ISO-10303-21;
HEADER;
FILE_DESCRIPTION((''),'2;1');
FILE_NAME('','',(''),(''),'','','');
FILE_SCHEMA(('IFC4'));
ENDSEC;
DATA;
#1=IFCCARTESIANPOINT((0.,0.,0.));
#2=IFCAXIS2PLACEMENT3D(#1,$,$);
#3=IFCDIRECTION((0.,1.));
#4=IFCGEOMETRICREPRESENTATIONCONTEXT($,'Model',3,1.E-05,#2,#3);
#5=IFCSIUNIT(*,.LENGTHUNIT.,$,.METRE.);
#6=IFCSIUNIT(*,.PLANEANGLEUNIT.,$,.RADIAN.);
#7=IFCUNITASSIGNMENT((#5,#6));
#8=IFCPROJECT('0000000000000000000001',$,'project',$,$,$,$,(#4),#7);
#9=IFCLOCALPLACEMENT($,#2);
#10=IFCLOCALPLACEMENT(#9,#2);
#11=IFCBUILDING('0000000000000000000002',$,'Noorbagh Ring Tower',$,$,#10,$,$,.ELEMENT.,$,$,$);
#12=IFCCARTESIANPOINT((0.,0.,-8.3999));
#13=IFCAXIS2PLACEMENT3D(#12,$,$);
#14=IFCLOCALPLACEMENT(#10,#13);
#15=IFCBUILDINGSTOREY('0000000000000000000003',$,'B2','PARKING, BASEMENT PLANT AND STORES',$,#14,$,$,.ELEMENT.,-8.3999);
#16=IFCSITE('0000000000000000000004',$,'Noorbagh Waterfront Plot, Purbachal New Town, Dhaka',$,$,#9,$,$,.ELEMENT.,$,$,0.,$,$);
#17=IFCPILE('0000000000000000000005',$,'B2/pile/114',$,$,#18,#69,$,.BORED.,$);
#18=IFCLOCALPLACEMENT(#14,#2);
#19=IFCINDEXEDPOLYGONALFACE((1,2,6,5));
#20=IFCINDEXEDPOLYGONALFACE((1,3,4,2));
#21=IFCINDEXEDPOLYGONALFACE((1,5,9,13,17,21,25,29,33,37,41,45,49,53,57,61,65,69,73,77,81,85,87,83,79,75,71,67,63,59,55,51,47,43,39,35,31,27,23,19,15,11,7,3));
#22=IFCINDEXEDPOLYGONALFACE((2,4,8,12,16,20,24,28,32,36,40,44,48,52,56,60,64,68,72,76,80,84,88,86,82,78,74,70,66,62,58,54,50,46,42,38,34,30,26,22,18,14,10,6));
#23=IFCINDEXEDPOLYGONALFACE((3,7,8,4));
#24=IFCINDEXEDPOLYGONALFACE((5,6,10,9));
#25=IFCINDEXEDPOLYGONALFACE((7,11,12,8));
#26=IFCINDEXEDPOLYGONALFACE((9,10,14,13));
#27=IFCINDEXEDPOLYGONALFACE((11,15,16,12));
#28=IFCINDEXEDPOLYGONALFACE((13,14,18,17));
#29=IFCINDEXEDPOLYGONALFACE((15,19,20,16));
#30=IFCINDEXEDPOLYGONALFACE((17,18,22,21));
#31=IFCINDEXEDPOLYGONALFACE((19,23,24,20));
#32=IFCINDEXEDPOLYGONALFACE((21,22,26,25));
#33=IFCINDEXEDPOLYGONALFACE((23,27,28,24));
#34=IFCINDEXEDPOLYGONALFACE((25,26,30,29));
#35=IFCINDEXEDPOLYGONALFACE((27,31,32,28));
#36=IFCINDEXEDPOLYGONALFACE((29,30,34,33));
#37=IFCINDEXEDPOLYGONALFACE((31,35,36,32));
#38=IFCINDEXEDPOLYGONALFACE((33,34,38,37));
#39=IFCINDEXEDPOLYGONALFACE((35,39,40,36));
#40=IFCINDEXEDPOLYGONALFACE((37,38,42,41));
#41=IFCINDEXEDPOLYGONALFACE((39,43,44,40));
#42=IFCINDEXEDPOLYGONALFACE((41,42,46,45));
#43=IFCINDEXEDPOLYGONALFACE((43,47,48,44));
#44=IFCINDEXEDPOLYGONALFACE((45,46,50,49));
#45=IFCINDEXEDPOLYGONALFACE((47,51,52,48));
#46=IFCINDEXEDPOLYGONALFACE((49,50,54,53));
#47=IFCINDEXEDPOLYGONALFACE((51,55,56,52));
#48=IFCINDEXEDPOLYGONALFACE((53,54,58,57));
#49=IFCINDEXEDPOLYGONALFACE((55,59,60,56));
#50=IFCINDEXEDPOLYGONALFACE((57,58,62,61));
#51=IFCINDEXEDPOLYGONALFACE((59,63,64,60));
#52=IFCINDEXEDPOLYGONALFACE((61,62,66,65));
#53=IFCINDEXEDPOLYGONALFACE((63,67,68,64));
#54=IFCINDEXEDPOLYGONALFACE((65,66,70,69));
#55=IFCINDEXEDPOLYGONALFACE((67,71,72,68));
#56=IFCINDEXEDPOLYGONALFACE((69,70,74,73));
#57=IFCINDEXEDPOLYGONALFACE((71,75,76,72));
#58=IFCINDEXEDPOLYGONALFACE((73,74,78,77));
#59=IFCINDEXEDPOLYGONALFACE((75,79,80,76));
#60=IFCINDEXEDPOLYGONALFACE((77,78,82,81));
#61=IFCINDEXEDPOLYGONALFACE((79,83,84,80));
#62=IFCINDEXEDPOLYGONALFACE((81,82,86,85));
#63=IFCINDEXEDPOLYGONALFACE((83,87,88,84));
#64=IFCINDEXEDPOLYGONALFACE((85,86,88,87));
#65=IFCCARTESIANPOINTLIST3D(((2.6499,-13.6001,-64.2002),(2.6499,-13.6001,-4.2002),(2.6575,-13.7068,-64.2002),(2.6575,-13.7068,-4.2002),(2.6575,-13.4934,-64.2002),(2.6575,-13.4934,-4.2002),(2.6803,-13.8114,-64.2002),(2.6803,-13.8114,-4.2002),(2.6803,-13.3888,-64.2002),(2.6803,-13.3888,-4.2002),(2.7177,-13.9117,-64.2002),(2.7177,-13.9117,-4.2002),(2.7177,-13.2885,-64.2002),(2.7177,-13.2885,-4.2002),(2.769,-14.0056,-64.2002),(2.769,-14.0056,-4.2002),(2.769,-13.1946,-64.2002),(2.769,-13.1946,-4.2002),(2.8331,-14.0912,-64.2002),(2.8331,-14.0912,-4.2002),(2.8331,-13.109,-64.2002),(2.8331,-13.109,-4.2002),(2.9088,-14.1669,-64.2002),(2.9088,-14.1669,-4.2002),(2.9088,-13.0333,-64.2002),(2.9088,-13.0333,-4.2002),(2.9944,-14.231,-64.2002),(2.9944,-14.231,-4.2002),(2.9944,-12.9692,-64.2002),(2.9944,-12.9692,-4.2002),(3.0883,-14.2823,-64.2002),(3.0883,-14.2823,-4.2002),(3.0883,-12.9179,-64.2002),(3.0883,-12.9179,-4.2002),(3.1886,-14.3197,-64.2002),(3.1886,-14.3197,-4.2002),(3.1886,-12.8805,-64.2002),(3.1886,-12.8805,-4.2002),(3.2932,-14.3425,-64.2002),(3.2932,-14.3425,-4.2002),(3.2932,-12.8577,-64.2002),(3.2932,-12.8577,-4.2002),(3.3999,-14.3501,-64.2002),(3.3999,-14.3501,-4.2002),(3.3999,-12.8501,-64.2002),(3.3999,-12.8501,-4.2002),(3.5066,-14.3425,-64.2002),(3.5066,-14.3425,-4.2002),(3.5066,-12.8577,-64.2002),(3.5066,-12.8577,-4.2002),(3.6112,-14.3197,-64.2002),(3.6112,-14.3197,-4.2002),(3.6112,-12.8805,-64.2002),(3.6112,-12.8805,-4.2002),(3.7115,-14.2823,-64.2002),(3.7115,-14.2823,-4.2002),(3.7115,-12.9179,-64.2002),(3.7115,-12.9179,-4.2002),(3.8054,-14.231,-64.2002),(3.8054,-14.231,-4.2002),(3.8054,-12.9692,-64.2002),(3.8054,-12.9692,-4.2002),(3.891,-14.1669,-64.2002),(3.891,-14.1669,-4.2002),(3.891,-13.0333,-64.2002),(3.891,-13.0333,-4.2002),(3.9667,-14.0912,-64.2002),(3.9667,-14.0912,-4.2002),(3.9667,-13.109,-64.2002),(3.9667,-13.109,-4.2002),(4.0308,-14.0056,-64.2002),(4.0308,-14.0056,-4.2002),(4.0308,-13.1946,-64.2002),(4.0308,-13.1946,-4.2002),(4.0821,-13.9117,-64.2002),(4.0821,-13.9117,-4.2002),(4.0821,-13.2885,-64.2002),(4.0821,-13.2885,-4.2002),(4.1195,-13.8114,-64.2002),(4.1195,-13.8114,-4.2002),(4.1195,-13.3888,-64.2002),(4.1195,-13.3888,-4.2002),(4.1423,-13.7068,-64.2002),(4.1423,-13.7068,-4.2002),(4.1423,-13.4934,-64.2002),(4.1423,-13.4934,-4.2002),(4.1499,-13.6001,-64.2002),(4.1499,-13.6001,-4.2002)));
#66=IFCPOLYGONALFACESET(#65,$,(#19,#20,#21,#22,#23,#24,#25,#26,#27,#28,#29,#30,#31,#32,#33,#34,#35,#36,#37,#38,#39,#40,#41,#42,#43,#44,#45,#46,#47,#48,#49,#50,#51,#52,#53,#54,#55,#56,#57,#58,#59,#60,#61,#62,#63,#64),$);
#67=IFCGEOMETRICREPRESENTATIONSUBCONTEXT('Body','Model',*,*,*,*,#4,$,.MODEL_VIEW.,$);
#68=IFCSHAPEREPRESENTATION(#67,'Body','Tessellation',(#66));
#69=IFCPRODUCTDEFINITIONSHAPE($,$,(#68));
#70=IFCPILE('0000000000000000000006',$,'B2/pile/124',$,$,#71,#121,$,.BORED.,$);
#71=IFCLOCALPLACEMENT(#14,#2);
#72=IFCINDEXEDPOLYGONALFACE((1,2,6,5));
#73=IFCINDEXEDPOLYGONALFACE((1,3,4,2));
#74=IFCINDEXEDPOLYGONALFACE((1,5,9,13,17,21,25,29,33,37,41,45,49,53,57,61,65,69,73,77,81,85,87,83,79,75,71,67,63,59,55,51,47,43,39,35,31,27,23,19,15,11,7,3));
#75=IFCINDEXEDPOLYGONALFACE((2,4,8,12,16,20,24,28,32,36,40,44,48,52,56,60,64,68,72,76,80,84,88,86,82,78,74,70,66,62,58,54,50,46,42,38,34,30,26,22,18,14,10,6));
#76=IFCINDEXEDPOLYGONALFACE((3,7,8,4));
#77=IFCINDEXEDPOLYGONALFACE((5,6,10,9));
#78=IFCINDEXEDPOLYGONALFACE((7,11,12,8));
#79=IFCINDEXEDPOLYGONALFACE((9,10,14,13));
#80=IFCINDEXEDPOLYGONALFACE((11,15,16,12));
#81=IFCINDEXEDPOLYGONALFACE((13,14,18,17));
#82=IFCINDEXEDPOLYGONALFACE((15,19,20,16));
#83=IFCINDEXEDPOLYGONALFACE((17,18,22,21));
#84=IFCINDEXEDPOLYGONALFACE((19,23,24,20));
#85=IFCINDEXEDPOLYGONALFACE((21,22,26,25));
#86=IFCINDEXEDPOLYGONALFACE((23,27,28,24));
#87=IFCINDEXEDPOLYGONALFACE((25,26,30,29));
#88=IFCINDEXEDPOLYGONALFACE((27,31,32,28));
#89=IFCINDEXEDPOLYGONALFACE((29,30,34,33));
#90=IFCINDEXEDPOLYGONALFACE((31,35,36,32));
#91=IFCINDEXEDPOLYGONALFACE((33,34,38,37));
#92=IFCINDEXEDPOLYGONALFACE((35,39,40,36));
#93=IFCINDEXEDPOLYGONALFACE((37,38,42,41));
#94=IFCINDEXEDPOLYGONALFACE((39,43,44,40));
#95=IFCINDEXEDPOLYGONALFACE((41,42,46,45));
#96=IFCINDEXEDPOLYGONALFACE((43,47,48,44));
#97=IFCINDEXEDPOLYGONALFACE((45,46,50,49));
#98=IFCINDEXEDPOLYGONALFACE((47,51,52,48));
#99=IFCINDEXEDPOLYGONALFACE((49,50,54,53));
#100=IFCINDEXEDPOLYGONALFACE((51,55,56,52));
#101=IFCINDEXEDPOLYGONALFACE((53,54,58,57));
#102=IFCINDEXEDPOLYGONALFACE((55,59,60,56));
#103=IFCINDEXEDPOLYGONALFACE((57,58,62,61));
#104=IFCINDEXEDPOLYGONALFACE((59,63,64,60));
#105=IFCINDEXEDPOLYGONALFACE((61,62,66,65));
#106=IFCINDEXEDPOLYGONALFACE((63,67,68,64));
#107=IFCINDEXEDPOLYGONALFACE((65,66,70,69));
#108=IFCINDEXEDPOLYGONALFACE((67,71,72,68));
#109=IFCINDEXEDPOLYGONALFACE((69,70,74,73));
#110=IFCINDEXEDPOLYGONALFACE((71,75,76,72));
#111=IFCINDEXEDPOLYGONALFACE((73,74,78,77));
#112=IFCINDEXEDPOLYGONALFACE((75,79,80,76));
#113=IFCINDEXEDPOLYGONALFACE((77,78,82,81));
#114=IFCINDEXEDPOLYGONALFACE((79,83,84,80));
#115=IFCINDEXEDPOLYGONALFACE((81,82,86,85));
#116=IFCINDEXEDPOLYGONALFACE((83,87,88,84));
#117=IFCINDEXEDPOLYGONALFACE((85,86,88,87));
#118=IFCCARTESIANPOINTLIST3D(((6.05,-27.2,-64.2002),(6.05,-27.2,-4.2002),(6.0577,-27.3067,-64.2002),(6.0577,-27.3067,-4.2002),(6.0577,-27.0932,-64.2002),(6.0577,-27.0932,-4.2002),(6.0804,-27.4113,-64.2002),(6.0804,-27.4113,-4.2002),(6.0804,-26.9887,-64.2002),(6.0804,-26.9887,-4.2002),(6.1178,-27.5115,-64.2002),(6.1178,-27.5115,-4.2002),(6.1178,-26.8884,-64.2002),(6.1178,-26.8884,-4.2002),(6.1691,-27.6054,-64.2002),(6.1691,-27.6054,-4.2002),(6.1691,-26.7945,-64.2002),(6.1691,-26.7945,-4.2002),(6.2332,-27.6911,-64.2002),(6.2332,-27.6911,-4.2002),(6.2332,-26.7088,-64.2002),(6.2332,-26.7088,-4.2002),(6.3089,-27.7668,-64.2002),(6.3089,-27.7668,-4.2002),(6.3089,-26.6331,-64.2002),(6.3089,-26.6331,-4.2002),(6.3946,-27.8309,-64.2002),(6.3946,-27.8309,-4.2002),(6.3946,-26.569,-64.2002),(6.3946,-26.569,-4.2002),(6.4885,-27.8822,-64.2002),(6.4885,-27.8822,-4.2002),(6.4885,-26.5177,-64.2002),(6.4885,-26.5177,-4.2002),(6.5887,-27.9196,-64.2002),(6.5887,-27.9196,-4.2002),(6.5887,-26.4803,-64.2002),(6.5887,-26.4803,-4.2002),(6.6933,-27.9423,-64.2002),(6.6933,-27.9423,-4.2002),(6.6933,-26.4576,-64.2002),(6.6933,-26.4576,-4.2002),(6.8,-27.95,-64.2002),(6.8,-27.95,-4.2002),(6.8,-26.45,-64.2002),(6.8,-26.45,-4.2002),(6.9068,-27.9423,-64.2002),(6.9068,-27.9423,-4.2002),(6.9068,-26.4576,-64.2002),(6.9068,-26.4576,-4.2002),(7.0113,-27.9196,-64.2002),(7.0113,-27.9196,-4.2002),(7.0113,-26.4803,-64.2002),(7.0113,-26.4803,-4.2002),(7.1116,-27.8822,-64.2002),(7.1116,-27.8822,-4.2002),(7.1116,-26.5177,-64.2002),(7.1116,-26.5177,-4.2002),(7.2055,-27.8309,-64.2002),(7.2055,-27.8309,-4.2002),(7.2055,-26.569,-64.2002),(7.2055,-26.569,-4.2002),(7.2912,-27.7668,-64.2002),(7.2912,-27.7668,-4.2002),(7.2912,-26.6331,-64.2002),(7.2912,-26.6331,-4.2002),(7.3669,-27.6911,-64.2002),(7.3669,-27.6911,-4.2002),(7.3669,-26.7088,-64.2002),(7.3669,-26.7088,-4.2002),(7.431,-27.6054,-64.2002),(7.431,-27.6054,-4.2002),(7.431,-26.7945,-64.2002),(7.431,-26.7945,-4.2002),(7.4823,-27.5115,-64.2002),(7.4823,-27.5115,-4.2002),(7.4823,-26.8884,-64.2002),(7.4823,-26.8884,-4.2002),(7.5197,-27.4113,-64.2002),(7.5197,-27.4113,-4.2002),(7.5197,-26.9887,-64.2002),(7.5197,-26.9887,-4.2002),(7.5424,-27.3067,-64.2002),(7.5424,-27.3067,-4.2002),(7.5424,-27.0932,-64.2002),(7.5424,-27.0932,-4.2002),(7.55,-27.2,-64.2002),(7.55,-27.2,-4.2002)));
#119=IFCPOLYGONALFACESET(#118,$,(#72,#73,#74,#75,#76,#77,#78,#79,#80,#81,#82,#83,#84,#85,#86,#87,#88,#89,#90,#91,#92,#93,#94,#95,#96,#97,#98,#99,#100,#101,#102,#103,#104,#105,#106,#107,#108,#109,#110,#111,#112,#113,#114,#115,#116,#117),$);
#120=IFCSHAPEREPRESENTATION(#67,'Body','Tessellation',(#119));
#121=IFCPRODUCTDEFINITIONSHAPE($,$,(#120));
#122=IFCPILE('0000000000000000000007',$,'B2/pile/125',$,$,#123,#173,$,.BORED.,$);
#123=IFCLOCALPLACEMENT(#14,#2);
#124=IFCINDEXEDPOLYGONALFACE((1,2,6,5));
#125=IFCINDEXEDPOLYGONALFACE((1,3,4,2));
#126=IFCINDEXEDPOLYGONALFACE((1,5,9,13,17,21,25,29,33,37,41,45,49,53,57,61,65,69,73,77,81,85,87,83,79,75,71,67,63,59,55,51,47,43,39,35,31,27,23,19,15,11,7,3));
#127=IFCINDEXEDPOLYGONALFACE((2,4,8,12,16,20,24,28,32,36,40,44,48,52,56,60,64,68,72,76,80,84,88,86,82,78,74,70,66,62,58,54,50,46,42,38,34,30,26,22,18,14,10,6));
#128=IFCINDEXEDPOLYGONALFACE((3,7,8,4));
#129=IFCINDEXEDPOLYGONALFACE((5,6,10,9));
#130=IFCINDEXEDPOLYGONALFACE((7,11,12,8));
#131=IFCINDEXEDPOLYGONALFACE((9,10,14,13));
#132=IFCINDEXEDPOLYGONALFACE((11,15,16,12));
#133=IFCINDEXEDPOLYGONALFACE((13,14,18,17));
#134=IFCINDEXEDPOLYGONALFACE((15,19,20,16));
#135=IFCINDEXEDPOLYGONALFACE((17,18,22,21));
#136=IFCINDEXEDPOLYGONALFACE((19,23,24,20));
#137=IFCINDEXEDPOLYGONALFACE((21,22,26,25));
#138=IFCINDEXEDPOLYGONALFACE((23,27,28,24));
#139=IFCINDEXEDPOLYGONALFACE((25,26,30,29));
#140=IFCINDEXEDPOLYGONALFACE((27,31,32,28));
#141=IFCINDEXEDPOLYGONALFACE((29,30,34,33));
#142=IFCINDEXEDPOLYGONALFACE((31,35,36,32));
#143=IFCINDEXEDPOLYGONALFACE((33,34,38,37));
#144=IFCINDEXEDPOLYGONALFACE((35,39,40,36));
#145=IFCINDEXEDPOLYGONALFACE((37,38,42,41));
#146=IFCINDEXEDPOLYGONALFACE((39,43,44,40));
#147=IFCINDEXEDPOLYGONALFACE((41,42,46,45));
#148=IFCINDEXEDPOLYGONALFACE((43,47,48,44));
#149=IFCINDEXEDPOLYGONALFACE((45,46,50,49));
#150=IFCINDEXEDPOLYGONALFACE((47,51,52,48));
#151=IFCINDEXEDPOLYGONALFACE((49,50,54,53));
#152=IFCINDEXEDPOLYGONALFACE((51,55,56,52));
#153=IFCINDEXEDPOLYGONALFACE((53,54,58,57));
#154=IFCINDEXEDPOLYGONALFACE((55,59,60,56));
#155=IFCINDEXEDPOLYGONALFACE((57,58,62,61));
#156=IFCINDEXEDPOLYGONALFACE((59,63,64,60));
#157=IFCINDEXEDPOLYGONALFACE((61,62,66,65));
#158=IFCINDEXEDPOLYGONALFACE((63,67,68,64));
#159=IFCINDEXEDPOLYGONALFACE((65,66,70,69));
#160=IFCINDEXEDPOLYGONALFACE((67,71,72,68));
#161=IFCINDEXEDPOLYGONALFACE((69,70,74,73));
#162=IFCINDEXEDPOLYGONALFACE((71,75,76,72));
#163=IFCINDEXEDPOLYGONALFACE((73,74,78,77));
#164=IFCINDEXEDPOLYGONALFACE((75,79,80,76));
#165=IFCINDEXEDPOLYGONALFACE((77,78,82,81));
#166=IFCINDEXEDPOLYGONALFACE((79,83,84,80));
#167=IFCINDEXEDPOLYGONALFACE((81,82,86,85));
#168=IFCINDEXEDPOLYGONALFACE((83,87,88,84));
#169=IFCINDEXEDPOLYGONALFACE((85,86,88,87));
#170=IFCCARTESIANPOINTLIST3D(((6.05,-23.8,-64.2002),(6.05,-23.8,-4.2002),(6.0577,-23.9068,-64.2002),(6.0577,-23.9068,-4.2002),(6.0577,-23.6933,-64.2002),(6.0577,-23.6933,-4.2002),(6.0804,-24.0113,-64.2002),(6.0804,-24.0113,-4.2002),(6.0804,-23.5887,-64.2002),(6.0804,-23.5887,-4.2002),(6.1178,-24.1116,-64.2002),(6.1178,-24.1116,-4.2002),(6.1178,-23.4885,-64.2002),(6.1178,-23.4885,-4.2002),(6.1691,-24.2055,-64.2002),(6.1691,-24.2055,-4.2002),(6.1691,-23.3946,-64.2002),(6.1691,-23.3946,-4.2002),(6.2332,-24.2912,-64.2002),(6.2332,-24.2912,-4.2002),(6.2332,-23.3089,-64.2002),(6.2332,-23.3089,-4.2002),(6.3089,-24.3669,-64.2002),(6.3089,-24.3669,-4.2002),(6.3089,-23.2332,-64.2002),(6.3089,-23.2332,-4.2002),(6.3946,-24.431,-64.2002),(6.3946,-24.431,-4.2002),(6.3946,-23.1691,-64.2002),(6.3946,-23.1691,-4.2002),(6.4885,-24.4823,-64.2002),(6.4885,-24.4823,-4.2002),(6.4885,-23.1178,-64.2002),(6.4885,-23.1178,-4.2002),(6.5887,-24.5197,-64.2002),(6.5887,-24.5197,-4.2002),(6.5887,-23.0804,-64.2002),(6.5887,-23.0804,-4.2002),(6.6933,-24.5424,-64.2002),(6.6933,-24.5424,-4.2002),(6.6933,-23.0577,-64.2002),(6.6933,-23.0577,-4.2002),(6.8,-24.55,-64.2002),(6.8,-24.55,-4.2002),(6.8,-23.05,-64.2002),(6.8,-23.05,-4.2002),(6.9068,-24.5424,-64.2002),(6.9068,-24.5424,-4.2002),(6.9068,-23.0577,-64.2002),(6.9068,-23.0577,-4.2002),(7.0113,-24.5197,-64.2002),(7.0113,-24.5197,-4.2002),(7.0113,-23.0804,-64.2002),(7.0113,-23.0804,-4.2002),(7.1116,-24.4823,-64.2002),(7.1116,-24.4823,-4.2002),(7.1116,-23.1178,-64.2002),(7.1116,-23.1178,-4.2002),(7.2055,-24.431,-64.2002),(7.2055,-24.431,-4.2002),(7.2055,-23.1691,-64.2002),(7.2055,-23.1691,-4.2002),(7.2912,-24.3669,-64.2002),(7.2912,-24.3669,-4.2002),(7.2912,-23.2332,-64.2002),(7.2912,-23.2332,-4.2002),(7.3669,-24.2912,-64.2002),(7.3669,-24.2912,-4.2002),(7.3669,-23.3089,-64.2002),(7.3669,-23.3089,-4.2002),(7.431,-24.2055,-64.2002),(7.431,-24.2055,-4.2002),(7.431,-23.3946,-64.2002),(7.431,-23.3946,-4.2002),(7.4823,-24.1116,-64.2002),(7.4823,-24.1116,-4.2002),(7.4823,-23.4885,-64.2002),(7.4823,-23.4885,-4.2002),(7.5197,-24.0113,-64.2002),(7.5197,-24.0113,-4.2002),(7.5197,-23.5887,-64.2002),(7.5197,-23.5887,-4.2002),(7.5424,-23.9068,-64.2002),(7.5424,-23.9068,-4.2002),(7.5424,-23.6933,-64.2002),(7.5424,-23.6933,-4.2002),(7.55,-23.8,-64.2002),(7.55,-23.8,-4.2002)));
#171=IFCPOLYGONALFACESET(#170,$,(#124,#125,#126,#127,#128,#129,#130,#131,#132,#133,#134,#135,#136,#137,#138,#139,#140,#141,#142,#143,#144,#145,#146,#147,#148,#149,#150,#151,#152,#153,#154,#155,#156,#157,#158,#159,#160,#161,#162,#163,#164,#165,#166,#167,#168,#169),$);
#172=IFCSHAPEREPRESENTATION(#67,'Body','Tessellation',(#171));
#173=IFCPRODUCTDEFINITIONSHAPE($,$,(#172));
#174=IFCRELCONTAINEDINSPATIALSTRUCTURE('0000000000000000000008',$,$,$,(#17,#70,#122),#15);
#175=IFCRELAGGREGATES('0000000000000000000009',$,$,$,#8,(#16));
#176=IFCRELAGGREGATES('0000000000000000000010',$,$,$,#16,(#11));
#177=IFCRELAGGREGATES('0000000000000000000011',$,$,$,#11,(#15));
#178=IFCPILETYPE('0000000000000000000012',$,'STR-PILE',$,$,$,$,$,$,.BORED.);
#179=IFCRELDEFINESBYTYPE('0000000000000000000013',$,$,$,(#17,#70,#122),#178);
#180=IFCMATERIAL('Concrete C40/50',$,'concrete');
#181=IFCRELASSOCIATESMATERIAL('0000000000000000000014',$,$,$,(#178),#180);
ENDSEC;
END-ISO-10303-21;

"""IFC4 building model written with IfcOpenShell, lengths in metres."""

from ifc_helpers import new_model, si_unit, direction, frame, origin, origin_2d, place, context, subcontext, project, spatial, circle, extrude, material, material_profile, profile_set, type_object, element, save


model = new_model("IFC4")

# Units and contexts
model_context = context("Model", 3, precision=1e-05, world=origin(), true_north=direction((0.0, 1.0)))
body_context = subcontext(model_context, "Body", "Model", "MODEL_VIEW")
ifc_project = project(units=[si_unit("LENGTHUNIT", "METRE"), si_unit("PLANEANGLEUNIT", "RADIAN")], contexts=[model_context])

# Site, building, storey
site_placement = place(None, origin())
site = spatial("IfcSite", under=ifc_project, at=site_placement, Name="Noorbagh Waterfront Plot, Purbachal New Town, Dhaka", CompositionType="ELEMENT", RefElevation=0.0)
building_placement = place(site_placement, origin())
building = spatial("IfcBuilding", under=site, at=building_placement, Name="Noorbagh Ring Tower", CompositionType="ELEMENT")
storey_placement = place(building_placement, frame((0.0, 0.0, -8.3999)))
storey = spatial("IfcBuildingStorey", under=building, at=storey_placement, Name="B2", Description="PARKING, BASEMENT PLANT AND STORES", CompositionType="ELEMENT", Elevation=-8.3999)

# Piles
ifc_material_1 = material(Name="Concrete C40/50", Category="concrete")
ifc_material_profile_1 = material_profile(ifc_material_1, circle(Radius=0.75, at=origin_2d()), Name="PILE1500")
ifc_profile_set_1 = profile_set([ifc_material_profile_1], Name="Concrete C40/50")
pile_type = type_object("IfcPileType", Name="STR-PILE", PredefinedType="BORED", material=ifc_profile_set_1)
for number, where, z_axis, x_axis, name in (
    (1, (3.3999, -13.6001, -4.2002), (0.0, 0.0, -1.0), (1.0, 0.0, 0.0), "B2/pile/114"),
    (2, (6.8, -27.2, -4.2002), (0.0, 0.0, -1.0), (1.0, 0.0, 0.0), "B2/pile/124"),
    (3, (6.8, -23.8, -4.2002), (0.0, 0.0, -1.0), (1.0, 0.0, 0.0), "B2/pile/125"),
):
    element("IfcPile", number, at=place(storey_placement, frame(where, z_axis=z_axis, x_axis=x_axis)), inside=storey, type_object=pile_type, Name=name, PredefinedType="BORED", context=body_context, shape_type="SweptSolid", body=[
        extrude(circle(Radius=0.75, at=origin_2d()), origin(), (0.0, 0.0, 1.0), 60.0),
    ])

save(model, "model.ifc")
